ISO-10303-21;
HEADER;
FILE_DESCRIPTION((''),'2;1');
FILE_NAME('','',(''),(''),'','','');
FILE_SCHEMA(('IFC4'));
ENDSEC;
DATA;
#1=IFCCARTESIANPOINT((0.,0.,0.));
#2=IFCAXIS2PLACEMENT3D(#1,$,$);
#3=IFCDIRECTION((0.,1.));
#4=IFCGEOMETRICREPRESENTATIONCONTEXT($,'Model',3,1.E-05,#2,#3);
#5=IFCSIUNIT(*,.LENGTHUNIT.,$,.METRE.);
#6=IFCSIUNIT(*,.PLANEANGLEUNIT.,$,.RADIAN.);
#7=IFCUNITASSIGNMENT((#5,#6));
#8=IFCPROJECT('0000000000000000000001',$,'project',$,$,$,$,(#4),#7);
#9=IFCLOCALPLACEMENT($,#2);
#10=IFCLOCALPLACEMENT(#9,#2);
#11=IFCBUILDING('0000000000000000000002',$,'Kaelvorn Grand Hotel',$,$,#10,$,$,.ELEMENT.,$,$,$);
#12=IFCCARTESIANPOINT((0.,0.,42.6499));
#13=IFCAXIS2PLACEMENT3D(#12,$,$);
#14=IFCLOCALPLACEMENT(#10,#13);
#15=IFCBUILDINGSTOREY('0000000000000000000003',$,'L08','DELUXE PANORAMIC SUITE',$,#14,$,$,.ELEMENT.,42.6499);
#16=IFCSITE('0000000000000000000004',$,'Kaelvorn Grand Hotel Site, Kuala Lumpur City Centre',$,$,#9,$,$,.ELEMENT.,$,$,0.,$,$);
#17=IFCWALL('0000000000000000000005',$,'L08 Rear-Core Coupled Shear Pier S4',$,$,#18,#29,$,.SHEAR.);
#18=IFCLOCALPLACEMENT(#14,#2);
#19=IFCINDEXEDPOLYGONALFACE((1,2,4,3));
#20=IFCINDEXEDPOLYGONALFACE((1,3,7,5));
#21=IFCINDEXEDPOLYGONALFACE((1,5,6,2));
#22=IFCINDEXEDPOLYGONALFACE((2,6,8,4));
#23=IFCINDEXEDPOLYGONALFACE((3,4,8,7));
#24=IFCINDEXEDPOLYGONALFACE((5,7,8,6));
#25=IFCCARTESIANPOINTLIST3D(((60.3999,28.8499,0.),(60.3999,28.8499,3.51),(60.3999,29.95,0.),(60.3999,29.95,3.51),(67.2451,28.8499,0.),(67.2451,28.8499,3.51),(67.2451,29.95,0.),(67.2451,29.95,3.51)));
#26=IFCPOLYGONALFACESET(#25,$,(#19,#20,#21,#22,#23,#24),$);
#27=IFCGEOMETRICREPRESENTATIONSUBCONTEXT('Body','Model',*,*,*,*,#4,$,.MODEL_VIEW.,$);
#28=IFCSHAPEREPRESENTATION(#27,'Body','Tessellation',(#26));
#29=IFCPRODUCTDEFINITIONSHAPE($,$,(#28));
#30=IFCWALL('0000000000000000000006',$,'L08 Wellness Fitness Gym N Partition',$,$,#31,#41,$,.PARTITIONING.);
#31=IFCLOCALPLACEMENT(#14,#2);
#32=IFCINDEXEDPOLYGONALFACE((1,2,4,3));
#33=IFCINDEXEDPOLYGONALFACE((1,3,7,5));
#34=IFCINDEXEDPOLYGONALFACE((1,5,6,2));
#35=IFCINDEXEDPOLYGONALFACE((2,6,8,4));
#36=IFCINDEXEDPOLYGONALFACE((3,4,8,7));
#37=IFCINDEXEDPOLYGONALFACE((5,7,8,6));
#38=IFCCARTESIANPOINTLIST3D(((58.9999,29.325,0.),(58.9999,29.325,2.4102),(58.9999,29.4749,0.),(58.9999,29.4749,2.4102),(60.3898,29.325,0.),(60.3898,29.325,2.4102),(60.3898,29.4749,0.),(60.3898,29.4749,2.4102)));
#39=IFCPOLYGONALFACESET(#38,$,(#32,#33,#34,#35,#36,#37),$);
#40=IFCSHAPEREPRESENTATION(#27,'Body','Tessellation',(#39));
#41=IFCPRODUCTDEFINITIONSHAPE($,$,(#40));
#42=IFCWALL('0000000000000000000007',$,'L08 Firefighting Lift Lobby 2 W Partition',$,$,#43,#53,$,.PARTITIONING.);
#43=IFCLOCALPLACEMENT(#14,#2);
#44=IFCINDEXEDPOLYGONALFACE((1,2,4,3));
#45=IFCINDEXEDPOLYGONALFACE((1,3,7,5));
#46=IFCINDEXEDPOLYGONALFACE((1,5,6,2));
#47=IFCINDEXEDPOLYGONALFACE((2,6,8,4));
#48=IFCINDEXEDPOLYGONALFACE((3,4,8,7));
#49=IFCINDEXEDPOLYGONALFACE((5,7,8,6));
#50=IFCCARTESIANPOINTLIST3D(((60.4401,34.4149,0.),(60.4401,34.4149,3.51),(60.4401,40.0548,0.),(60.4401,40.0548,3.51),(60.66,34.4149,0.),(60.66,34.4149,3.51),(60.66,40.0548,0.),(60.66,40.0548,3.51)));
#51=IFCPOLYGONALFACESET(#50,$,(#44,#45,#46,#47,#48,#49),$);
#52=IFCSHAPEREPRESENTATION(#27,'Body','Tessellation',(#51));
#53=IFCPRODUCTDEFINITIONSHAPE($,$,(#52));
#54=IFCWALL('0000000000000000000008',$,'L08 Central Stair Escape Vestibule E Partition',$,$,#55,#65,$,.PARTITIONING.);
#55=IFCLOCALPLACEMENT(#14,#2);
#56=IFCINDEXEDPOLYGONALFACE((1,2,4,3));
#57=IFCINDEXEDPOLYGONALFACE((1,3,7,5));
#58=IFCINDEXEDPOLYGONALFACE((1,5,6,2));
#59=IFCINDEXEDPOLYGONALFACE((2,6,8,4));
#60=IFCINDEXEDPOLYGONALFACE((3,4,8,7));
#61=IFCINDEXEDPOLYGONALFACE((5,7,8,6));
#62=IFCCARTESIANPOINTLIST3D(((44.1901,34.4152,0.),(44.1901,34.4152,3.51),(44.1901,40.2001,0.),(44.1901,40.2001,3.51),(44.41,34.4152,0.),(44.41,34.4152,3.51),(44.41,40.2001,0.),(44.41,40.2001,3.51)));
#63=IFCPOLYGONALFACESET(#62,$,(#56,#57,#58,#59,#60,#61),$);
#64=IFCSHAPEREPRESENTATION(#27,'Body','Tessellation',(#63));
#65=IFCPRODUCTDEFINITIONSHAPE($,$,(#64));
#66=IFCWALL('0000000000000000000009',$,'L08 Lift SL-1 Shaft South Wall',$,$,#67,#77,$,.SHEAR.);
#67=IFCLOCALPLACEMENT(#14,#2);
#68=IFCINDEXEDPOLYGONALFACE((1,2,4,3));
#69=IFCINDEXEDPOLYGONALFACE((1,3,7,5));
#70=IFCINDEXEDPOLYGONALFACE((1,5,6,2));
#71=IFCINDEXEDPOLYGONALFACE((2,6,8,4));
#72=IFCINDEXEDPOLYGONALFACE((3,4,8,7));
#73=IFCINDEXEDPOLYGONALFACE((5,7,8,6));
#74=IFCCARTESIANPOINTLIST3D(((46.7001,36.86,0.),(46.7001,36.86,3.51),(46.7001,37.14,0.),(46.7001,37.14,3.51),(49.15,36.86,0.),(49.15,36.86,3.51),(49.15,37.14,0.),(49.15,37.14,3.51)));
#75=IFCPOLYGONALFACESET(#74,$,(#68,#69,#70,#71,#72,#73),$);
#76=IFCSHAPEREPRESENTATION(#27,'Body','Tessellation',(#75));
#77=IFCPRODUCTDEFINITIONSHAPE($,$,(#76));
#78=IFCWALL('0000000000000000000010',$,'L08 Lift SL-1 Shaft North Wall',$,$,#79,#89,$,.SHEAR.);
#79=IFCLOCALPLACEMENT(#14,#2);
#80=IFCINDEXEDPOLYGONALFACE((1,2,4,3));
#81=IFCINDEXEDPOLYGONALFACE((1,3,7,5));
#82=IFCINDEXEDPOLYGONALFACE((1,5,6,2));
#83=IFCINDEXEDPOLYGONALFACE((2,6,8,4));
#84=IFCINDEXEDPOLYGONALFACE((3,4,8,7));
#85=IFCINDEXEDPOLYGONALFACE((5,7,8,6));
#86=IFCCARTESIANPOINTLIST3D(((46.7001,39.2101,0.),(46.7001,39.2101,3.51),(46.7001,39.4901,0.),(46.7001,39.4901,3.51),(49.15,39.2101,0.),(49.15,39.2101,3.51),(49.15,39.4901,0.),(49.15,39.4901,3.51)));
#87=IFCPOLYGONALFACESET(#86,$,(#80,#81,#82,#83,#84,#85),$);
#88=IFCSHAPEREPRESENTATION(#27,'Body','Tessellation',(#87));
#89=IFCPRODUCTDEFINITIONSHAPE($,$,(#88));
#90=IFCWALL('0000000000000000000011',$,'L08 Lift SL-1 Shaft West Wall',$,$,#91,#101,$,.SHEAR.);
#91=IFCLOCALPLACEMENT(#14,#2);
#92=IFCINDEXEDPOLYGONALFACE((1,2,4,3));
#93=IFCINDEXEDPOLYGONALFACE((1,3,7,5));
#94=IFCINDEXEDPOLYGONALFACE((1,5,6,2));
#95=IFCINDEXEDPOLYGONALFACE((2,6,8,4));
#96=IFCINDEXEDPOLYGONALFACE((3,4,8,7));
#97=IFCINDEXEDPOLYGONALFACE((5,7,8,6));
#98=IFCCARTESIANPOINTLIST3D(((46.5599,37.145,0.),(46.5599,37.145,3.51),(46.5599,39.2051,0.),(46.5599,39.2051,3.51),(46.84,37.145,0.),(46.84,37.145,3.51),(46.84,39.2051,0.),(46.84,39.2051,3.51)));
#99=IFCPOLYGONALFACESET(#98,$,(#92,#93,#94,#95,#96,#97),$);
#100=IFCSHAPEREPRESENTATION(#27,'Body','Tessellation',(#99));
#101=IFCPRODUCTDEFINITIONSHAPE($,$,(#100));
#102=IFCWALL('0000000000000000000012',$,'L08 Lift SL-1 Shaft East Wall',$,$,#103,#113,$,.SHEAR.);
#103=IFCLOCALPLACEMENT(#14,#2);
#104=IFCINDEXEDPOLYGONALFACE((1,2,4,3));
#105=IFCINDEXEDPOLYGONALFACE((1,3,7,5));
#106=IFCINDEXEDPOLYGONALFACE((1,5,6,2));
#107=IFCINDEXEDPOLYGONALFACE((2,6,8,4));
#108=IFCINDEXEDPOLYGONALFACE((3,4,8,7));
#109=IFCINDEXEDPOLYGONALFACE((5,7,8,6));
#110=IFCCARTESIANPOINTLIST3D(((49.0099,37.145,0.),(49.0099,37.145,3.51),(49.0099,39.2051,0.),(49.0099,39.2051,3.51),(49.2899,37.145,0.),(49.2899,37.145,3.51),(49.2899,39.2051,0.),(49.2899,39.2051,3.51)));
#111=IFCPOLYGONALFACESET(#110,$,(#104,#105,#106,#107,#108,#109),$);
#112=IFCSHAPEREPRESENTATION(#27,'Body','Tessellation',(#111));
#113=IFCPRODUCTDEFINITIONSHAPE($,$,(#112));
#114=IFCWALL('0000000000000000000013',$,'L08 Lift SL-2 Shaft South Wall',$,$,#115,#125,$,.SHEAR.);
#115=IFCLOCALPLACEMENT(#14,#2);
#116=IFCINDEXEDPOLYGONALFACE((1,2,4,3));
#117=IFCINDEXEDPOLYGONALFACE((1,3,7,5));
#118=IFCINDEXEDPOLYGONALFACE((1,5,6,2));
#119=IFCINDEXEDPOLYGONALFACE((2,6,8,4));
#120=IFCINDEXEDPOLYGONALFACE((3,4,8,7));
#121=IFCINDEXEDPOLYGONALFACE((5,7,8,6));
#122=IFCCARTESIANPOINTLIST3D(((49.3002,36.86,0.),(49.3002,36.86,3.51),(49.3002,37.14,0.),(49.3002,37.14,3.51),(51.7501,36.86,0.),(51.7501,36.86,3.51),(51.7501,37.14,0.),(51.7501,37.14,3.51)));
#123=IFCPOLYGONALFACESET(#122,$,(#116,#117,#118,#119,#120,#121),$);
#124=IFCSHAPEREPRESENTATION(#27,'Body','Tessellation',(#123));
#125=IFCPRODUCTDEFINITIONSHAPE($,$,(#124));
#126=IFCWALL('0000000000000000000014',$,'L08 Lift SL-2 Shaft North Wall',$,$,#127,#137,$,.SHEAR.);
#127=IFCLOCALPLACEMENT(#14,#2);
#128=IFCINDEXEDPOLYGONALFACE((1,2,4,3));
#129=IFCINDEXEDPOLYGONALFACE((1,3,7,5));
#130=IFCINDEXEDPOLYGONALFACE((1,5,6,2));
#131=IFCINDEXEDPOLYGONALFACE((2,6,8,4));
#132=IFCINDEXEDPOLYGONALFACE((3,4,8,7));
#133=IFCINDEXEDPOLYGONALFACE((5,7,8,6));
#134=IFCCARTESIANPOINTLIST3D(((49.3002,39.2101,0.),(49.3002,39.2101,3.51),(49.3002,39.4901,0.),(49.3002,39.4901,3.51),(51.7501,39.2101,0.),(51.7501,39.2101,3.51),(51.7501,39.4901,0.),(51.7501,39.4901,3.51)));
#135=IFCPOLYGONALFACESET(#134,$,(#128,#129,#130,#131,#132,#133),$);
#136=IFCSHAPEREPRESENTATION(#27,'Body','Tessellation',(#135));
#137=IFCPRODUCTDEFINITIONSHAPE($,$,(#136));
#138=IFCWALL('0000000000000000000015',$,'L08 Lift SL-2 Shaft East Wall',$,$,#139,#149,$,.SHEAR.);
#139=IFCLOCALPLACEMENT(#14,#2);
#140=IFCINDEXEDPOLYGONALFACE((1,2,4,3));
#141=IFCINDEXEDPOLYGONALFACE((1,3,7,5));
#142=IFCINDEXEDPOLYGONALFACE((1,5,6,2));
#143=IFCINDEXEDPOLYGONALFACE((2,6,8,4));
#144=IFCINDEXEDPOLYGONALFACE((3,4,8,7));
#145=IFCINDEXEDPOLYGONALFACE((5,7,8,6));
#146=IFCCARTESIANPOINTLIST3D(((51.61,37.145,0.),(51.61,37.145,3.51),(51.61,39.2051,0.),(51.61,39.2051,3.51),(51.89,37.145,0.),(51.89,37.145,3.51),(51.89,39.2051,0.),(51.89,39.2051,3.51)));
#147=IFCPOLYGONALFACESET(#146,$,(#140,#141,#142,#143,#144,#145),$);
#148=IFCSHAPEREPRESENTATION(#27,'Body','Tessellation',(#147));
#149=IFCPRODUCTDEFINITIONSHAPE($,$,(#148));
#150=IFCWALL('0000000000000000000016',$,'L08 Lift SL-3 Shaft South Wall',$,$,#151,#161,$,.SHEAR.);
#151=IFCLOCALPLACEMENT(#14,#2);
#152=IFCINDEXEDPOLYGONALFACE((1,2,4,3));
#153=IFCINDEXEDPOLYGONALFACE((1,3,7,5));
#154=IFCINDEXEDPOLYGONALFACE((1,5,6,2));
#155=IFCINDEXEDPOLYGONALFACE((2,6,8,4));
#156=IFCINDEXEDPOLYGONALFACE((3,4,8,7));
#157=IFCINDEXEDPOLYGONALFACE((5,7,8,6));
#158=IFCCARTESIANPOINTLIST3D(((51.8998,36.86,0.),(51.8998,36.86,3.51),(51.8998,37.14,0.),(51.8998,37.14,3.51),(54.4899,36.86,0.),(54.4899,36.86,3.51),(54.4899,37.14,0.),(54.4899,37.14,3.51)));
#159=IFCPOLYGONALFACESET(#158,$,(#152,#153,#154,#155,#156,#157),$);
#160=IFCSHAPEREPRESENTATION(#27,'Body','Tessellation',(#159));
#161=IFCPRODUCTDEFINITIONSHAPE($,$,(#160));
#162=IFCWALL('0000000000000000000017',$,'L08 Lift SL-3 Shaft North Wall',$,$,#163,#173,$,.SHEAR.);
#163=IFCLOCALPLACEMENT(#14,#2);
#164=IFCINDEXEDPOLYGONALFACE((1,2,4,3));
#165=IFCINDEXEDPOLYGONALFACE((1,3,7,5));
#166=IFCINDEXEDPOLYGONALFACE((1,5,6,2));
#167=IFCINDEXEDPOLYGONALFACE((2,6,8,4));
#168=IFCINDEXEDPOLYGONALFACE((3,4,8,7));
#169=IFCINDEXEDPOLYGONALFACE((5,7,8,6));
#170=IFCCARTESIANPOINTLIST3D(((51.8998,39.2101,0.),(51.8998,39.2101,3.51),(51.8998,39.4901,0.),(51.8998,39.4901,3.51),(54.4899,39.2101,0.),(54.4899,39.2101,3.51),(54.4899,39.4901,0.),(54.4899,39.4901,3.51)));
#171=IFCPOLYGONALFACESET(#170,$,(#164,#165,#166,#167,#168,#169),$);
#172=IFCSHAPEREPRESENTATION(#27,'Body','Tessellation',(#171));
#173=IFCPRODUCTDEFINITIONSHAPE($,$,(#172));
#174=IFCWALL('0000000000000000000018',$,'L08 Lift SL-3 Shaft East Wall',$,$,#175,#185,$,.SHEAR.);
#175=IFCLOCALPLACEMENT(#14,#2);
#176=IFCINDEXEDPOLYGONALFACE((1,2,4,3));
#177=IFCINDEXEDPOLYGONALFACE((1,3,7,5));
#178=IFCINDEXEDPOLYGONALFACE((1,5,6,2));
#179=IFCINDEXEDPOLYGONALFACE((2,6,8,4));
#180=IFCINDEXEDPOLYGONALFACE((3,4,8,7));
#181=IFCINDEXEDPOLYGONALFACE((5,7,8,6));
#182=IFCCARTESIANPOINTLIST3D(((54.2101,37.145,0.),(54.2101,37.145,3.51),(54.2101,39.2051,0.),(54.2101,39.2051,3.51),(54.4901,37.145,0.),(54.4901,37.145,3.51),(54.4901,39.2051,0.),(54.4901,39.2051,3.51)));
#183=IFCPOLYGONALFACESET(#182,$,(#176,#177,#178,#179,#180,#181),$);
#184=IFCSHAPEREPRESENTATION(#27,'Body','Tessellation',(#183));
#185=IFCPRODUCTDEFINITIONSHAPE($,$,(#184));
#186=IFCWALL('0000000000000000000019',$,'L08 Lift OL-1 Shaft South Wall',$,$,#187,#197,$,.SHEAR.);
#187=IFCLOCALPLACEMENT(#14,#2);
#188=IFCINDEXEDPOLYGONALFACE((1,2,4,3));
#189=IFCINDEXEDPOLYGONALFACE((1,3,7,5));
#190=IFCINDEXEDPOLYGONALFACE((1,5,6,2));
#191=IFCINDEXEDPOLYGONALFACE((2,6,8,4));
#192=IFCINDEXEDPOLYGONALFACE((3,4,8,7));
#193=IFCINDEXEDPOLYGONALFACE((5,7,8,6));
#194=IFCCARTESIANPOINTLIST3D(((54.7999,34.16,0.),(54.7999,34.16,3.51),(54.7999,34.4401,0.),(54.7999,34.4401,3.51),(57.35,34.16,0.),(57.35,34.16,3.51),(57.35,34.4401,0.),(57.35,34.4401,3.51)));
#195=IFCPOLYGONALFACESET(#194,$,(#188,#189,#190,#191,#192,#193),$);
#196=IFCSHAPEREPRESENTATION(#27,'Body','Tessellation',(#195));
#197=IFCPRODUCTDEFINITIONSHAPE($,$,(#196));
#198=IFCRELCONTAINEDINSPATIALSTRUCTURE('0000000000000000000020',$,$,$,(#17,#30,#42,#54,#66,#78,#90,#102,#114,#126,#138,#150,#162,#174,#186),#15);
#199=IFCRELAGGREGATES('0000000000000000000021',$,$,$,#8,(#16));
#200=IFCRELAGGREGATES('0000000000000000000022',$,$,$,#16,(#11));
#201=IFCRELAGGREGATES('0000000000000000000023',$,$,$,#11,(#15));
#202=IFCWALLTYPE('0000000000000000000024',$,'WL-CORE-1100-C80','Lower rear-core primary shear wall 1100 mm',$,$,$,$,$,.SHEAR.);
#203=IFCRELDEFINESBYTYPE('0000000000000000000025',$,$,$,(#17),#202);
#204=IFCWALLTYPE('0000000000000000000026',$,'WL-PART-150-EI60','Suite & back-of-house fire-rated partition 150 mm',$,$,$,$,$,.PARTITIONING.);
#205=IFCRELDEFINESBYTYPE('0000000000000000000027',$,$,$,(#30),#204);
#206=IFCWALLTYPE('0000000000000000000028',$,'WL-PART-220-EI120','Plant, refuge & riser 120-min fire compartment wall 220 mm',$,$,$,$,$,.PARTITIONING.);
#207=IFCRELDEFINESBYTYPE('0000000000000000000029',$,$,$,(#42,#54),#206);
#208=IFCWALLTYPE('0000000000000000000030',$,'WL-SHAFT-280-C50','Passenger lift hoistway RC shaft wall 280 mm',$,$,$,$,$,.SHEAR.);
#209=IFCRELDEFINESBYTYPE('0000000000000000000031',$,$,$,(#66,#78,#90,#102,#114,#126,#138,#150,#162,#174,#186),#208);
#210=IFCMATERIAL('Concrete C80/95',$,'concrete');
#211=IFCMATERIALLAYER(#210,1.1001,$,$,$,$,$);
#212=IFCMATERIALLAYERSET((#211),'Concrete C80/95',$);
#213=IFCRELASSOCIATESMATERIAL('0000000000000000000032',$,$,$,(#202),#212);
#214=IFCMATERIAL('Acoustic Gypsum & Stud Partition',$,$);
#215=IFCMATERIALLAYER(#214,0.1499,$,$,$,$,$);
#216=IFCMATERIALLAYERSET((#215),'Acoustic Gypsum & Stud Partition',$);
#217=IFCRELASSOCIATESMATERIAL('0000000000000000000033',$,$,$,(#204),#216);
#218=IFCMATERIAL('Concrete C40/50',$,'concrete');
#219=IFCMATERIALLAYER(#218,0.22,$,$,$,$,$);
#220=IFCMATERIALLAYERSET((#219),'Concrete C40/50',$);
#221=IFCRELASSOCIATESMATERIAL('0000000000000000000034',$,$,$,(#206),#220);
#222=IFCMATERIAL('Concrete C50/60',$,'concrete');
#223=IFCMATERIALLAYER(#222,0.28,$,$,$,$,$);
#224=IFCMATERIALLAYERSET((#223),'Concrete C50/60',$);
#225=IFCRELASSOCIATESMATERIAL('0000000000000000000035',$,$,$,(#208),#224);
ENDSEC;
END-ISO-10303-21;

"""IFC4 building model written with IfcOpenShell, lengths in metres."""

from ifc_helpers import new_model, si_unit, direction, frame, frame_2d, origin, place, context, subcontext, project, spatial, rectangle, extrude, material, layer, layer_set, type_object, element, save


model = new_model("IFC4")

# Units and contexts
model_context = context("Model", 3, precision=1e-05, world=origin(), true_north=direction((0.0, 1.0)))
body_context = subcontext(model_context, "Body", "Model", "MODEL_VIEW")
ifc_project = project(units=[si_unit("LENGTHUNIT", "METRE"), si_unit("PLANEANGLEUNIT", "RADIAN")], contexts=[model_context])

# Site, building, storey
site_placement = place(None, origin())
site = spatial("IfcSite", under=ifc_project, at=site_placement, Name="Kaelvorn Grand Hotel Site, Kuala Lumpur City Centre", CompositionType="ELEMENT", RefElevation=0.0)
building_placement = place(site_placement, origin())
building = spatial("IfcBuilding", under=site, at=building_placement, Name="Kaelvorn Grand Hotel", CompositionType="ELEMENT")
storey_placement = place(building_placement, frame((0.0, 0.0, 42.6499)))
storey = spatial("IfcBuildingStorey", under=building, at=storey_placement, Name="L08", Description="DELUXE PANORAMIC SUITE", CompositionType="ELEMENT", Elevation=42.6499)

# Walls
ifc_material_1 = material(Name="Concrete C80/95", Category="concrete")
ifc_layer_1 = layer(ifc_material_1, 1.1001)
ifc_layer_set_1 = layer_set([ifc_layer_1], Name="Concrete C80/95")
wall_type_1 = type_object("IfcWallType", Name="WL-CORE-1100-C80", Description="Lower rear-core primary shear wall 1100 mm", PredefinedType="SHEAR", material=ifc_layer_set_1)
wall_1_placement = place(storey_placement, frame((60.3999, 29.3999, 0.0), z_axis=(0.0, 0.0, 1.0), x_axis=(1.0, 0.0, 0.0)))
element("IfcWall", 1, at=wall_1_placement, inside=storey, type_object=wall_type_1, Name="L08 Rear-Core Coupled Shear Pier S4", PredefinedType="SHEAR", context=body_context, shape_type="SweptSolid", body=[
    extrude(rectangle(XDim=6.8452, YDim=1.1001, at=frame_2d((3.4226, 0.0))), origin(), (0.0, 0.0, 1.0), 3.51),
])
ifc_material_2 = material(Name="Acoustic Gypsum & Stud Partition")
ifc_layer_2 = layer(ifc_material_2, 0.1499)
ifc_layer_set_2 = layer_set([ifc_layer_2], Name="Acoustic Gypsum & Stud Partition")
wall_type_2 = type_object("IfcWallType", Name="WL-PART-150-EI60", Description="Suite & back-of-house fire-rated partition 150 mm", PredefinedType="PARTITIONING", material=ifc_layer_set_2)
wall_2_placement = place(storey_placement, frame((59.0, 29.3999, 0.0), z_axis=(0.0, 0.0, 1.0), x_axis=(1.0, 0.0, 0.0)))
element("IfcWall", 2, at=wall_2_placement, inside=storey, type_object=wall_type_2, Name="L08 Wellness Fitness Gym N Partition", PredefinedType="PARTITIONING", context=body_context, shape_type="SweptSolid", body=[
    extrude(rectangle(XDim=1.3899, YDim=0.1499, at=frame_2d((0.6948, 0.0))), origin(), (0.0, 0.0, 1.0), 2.4102),
])

# Shared definitions
ifc_material_3 = material(Name="Concrete C40/50", Category="concrete")
ifc_layer_3 = layer(ifc_material_3, 0.22)
ifc_layer_set_3 = layer_set([ifc_layer_3], Name="Concrete C40/50")
wall_type_3 = type_object("IfcWallType", Name="WL-PART-220-EI120", Description="Plant, refuge & riser 120-min fire compartment wall 220 mm", PredefinedType="PARTITIONING", material=ifc_layer_set_3)

# Walls
wall_3_placement = place(storey_placement, frame((60.55, 34.415, 0.0), z_axis=(0.0, 0.0, 1.0), x_axis=(0.0, 1.0, 0.0)))
element("IfcWall", 3, at=wall_3_placement, inside=storey, type_object=wall_type_3, Name="L08 Firefighting Lift Lobby 2 W Partition", PredefinedType="PARTITIONING", context=body_context, shape_type="SweptSolid", body=[
    extrude(rectangle(XDim=5.6399, YDim=0.22, at=frame_2d((2.8198, 0.0))), origin(), (0.0, 0.0, 1.0), 3.51),
])
wall_4_placement = place(storey_placement, frame((44.3, 34.415, 0.0), z_axis=(0.0, 0.0, 1.0), x_axis=(0.0, 1.0, 0.0)))
element("IfcWall", 4, at=wall_4_placement, inside=storey, type_object=wall_type_3, Name="L08 Central Stair Escape Vestibule E Partition", PredefinedType="PARTITIONING", context=body_context, shape_type="SweptSolid", body=[
    extrude(rectangle(XDim=5.7849, YDim=0.22, at=frame_2d((2.8926, 0.0))), origin(), (0.0, 0.0, 1.0), 3.51),
])
ifc_material_4 = material(Name="Concrete C50/60", Category="concrete")
ifc_layer_4 = layer(ifc_material_4, 0.28)
ifc_layer_set_4 = layer_set([ifc_layer_4], Name="Concrete C50/60")
wall_type_4 = type_object("IfcWallType", Name="WL-SHAFT-280-C50", Description="Passenger lift hoistway RC shaft wall 280 mm", PredefinedType="SHEAR", material=ifc_layer_set_4)
for number, where, z_axis, x_axis, name in (
    (5, (46.7, 37.0, 0.0), (0.0, 0.0, 1.0), (1.0, 0.0, 0.0), "L08 Lift SL-1 Shaft South Wall"),
    (6, (46.7, 39.3501, 0.0), (0.0, 0.0, 1.0), (1.0, 0.0, 0.0), "L08 Lift SL-1 Shaft North Wall"),
):
    element("IfcWall", number, at=place(storey_placement, frame(where, z_axis=z_axis, x_axis=x_axis)), inside=storey, type_object=wall_type_4, Name=name, PredefinedType="SHEAR", context=body_context, shape_type="SweptSolid", body=[
        extrude(rectangle(XDim=2.45, YDim=0.28, at=frame_2d((1.2251, 0.0))), origin(), (0.0, 0.0, 1.0), 3.51),
    ])
for number, where, z_axis, x_axis, name in (
    (7, (46.7, 37.145, 0.0), (0.0, 0.0, 1.0), (0.0, 1.0, 0.0), "L08 Lift SL-1 Shaft West Wall"),
    (8, (49.1499, 37.145, 0.0), (0.0, 0.0, 1.0), (0.0, 1.0, 0.0), "L08 Lift SL-1 Shaft East Wall"),
):
    element("IfcWall", number, at=place(storey_placement, frame(where, z_axis=z_axis, x_axis=x_axis)), inside=storey, type_object=wall_type_4, Name=name, PredefinedType="SHEAR", context=body_context, shape_type="SweptSolid", body=[
        extrude(rectangle(XDim=2.0601, YDim=0.28, at=frame_2d((1.03, 0.0))), origin(), (0.0, 0.0, 1.0), 3.51),
    ])
for number, where, z_axis, x_axis, name in (
    (9, (49.3, 37.0, 0.0), (0.0, 0.0, 1.0), (1.0, 0.0, 0.0), "L08 Lift SL-2 Shaft South Wall"),
    (10, (49.3, 39.3501, 0.0), (0.0, 0.0, 1.0), (1.0, 0.0, 0.0), "L08 Lift SL-2 Shaft North Wall"),
):
    element("IfcWall", number, at=place(storey_placement, frame(where, z_axis=z_axis, x_axis=x_axis)), inside=storey, type_object=wall_type_4, Name=name, PredefinedType="SHEAR", context=body_context, shape_type="SweptSolid", body=[
        extrude(rectangle(XDim=2.45, YDim=0.28, at=frame_2d((1.2251, 0.0))), origin(), (0.0, 0.0, 1.0), 3.51),
    ])
wall_5_placement = place(storey_placement, frame((51.75, 37.145, 0.0), z_axis=(0.0, 0.0, 1.0), x_axis=(0.0, 1.0, 0.0)))
element("IfcWall", 11, at=wall_5_placement, inside=storey, type_object=wall_type_4, Name="L08 Lift SL-2 Shaft East Wall", PredefinedType="SHEAR", context=body_context, shape_type="SweptSolid", body=[
    extrude(rectangle(XDim=2.0601, YDim=0.28, at=frame_2d((1.03, 0.0))), origin(), (0.0, 0.0, 1.0), 3.51),
])
for number, where, z_axis, x_axis, name in (
    (12, (51.8999, 37.0, 0.0), (0.0, 0.0, 1.0), (1.0, 0.0, 0.0), "L08 Lift SL-3 Shaft South Wall"),
    (13, (51.8999, 39.3501, 0.0), (0.0, 0.0, 1.0), (1.0, 0.0, 0.0), "L08 Lift SL-3 Shaft North Wall"),
):
    element("IfcWall", number, at=place(storey_placement, frame(where, z_axis=z_axis, x_axis=x_axis)), inside=storey, type_object=wall_type_4, Name=name, PredefinedType="SHEAR", context=body_context, shape_type="SweptSolid", body=[
        extrude(rectangle(XDim=2.5901, YDim=0.28, at=frame_2d((1.2949, 0.0))), origin(), (0.0, 0.0, 1.0), 3.51),
    ])
wall_6_placement = place(storey_placement, frame((54.3501, 37.145, 0.0), z_axis=(0.0, 0.0, 1.0), x_axis=(0.0, 1.0, 0.0)))
element("IfcWall", 14, at=wall_6_placement, inside=storey, type_object=wall_type_4, Name="L08 Lift SL-3 Shaft East Wall", PredefinedType="SHEAR", context=body_context, shape_type="SweptSolid", body=[
    extrude(rectangle(XDim=2.0601, YDim=0.28, at=frame_2d((1.03, 0.0))), origin(), (0.0, 0.0, 1.0), 3.51),
])
for number, where, z_axis, x_axis, name in (
    (15, (54.8, 34.3, 0.0), (0.0, 0.0, 1.0), (1.0, 0.0, 0.0), "L08 Lift OL-1 Shaft South Wall"),
):
    element("IfcWall", number, at=place(storey_placement, frame(where, z_axis=z_axis, x_axis=x_axis)), inside=storey, type_object=wall_type_4, Name=name, PredefinedType="SHEAR", context=body_context, shape_type="SweptSolid", body=[
        extrude(rectangle(XDim=2.55, YDim=0.28, at=frame_2d((1.2749, 0.0))), origin(), (0.0, 0.0, 1.0), 3.51),
    ])

save(model, "model.ifc")
